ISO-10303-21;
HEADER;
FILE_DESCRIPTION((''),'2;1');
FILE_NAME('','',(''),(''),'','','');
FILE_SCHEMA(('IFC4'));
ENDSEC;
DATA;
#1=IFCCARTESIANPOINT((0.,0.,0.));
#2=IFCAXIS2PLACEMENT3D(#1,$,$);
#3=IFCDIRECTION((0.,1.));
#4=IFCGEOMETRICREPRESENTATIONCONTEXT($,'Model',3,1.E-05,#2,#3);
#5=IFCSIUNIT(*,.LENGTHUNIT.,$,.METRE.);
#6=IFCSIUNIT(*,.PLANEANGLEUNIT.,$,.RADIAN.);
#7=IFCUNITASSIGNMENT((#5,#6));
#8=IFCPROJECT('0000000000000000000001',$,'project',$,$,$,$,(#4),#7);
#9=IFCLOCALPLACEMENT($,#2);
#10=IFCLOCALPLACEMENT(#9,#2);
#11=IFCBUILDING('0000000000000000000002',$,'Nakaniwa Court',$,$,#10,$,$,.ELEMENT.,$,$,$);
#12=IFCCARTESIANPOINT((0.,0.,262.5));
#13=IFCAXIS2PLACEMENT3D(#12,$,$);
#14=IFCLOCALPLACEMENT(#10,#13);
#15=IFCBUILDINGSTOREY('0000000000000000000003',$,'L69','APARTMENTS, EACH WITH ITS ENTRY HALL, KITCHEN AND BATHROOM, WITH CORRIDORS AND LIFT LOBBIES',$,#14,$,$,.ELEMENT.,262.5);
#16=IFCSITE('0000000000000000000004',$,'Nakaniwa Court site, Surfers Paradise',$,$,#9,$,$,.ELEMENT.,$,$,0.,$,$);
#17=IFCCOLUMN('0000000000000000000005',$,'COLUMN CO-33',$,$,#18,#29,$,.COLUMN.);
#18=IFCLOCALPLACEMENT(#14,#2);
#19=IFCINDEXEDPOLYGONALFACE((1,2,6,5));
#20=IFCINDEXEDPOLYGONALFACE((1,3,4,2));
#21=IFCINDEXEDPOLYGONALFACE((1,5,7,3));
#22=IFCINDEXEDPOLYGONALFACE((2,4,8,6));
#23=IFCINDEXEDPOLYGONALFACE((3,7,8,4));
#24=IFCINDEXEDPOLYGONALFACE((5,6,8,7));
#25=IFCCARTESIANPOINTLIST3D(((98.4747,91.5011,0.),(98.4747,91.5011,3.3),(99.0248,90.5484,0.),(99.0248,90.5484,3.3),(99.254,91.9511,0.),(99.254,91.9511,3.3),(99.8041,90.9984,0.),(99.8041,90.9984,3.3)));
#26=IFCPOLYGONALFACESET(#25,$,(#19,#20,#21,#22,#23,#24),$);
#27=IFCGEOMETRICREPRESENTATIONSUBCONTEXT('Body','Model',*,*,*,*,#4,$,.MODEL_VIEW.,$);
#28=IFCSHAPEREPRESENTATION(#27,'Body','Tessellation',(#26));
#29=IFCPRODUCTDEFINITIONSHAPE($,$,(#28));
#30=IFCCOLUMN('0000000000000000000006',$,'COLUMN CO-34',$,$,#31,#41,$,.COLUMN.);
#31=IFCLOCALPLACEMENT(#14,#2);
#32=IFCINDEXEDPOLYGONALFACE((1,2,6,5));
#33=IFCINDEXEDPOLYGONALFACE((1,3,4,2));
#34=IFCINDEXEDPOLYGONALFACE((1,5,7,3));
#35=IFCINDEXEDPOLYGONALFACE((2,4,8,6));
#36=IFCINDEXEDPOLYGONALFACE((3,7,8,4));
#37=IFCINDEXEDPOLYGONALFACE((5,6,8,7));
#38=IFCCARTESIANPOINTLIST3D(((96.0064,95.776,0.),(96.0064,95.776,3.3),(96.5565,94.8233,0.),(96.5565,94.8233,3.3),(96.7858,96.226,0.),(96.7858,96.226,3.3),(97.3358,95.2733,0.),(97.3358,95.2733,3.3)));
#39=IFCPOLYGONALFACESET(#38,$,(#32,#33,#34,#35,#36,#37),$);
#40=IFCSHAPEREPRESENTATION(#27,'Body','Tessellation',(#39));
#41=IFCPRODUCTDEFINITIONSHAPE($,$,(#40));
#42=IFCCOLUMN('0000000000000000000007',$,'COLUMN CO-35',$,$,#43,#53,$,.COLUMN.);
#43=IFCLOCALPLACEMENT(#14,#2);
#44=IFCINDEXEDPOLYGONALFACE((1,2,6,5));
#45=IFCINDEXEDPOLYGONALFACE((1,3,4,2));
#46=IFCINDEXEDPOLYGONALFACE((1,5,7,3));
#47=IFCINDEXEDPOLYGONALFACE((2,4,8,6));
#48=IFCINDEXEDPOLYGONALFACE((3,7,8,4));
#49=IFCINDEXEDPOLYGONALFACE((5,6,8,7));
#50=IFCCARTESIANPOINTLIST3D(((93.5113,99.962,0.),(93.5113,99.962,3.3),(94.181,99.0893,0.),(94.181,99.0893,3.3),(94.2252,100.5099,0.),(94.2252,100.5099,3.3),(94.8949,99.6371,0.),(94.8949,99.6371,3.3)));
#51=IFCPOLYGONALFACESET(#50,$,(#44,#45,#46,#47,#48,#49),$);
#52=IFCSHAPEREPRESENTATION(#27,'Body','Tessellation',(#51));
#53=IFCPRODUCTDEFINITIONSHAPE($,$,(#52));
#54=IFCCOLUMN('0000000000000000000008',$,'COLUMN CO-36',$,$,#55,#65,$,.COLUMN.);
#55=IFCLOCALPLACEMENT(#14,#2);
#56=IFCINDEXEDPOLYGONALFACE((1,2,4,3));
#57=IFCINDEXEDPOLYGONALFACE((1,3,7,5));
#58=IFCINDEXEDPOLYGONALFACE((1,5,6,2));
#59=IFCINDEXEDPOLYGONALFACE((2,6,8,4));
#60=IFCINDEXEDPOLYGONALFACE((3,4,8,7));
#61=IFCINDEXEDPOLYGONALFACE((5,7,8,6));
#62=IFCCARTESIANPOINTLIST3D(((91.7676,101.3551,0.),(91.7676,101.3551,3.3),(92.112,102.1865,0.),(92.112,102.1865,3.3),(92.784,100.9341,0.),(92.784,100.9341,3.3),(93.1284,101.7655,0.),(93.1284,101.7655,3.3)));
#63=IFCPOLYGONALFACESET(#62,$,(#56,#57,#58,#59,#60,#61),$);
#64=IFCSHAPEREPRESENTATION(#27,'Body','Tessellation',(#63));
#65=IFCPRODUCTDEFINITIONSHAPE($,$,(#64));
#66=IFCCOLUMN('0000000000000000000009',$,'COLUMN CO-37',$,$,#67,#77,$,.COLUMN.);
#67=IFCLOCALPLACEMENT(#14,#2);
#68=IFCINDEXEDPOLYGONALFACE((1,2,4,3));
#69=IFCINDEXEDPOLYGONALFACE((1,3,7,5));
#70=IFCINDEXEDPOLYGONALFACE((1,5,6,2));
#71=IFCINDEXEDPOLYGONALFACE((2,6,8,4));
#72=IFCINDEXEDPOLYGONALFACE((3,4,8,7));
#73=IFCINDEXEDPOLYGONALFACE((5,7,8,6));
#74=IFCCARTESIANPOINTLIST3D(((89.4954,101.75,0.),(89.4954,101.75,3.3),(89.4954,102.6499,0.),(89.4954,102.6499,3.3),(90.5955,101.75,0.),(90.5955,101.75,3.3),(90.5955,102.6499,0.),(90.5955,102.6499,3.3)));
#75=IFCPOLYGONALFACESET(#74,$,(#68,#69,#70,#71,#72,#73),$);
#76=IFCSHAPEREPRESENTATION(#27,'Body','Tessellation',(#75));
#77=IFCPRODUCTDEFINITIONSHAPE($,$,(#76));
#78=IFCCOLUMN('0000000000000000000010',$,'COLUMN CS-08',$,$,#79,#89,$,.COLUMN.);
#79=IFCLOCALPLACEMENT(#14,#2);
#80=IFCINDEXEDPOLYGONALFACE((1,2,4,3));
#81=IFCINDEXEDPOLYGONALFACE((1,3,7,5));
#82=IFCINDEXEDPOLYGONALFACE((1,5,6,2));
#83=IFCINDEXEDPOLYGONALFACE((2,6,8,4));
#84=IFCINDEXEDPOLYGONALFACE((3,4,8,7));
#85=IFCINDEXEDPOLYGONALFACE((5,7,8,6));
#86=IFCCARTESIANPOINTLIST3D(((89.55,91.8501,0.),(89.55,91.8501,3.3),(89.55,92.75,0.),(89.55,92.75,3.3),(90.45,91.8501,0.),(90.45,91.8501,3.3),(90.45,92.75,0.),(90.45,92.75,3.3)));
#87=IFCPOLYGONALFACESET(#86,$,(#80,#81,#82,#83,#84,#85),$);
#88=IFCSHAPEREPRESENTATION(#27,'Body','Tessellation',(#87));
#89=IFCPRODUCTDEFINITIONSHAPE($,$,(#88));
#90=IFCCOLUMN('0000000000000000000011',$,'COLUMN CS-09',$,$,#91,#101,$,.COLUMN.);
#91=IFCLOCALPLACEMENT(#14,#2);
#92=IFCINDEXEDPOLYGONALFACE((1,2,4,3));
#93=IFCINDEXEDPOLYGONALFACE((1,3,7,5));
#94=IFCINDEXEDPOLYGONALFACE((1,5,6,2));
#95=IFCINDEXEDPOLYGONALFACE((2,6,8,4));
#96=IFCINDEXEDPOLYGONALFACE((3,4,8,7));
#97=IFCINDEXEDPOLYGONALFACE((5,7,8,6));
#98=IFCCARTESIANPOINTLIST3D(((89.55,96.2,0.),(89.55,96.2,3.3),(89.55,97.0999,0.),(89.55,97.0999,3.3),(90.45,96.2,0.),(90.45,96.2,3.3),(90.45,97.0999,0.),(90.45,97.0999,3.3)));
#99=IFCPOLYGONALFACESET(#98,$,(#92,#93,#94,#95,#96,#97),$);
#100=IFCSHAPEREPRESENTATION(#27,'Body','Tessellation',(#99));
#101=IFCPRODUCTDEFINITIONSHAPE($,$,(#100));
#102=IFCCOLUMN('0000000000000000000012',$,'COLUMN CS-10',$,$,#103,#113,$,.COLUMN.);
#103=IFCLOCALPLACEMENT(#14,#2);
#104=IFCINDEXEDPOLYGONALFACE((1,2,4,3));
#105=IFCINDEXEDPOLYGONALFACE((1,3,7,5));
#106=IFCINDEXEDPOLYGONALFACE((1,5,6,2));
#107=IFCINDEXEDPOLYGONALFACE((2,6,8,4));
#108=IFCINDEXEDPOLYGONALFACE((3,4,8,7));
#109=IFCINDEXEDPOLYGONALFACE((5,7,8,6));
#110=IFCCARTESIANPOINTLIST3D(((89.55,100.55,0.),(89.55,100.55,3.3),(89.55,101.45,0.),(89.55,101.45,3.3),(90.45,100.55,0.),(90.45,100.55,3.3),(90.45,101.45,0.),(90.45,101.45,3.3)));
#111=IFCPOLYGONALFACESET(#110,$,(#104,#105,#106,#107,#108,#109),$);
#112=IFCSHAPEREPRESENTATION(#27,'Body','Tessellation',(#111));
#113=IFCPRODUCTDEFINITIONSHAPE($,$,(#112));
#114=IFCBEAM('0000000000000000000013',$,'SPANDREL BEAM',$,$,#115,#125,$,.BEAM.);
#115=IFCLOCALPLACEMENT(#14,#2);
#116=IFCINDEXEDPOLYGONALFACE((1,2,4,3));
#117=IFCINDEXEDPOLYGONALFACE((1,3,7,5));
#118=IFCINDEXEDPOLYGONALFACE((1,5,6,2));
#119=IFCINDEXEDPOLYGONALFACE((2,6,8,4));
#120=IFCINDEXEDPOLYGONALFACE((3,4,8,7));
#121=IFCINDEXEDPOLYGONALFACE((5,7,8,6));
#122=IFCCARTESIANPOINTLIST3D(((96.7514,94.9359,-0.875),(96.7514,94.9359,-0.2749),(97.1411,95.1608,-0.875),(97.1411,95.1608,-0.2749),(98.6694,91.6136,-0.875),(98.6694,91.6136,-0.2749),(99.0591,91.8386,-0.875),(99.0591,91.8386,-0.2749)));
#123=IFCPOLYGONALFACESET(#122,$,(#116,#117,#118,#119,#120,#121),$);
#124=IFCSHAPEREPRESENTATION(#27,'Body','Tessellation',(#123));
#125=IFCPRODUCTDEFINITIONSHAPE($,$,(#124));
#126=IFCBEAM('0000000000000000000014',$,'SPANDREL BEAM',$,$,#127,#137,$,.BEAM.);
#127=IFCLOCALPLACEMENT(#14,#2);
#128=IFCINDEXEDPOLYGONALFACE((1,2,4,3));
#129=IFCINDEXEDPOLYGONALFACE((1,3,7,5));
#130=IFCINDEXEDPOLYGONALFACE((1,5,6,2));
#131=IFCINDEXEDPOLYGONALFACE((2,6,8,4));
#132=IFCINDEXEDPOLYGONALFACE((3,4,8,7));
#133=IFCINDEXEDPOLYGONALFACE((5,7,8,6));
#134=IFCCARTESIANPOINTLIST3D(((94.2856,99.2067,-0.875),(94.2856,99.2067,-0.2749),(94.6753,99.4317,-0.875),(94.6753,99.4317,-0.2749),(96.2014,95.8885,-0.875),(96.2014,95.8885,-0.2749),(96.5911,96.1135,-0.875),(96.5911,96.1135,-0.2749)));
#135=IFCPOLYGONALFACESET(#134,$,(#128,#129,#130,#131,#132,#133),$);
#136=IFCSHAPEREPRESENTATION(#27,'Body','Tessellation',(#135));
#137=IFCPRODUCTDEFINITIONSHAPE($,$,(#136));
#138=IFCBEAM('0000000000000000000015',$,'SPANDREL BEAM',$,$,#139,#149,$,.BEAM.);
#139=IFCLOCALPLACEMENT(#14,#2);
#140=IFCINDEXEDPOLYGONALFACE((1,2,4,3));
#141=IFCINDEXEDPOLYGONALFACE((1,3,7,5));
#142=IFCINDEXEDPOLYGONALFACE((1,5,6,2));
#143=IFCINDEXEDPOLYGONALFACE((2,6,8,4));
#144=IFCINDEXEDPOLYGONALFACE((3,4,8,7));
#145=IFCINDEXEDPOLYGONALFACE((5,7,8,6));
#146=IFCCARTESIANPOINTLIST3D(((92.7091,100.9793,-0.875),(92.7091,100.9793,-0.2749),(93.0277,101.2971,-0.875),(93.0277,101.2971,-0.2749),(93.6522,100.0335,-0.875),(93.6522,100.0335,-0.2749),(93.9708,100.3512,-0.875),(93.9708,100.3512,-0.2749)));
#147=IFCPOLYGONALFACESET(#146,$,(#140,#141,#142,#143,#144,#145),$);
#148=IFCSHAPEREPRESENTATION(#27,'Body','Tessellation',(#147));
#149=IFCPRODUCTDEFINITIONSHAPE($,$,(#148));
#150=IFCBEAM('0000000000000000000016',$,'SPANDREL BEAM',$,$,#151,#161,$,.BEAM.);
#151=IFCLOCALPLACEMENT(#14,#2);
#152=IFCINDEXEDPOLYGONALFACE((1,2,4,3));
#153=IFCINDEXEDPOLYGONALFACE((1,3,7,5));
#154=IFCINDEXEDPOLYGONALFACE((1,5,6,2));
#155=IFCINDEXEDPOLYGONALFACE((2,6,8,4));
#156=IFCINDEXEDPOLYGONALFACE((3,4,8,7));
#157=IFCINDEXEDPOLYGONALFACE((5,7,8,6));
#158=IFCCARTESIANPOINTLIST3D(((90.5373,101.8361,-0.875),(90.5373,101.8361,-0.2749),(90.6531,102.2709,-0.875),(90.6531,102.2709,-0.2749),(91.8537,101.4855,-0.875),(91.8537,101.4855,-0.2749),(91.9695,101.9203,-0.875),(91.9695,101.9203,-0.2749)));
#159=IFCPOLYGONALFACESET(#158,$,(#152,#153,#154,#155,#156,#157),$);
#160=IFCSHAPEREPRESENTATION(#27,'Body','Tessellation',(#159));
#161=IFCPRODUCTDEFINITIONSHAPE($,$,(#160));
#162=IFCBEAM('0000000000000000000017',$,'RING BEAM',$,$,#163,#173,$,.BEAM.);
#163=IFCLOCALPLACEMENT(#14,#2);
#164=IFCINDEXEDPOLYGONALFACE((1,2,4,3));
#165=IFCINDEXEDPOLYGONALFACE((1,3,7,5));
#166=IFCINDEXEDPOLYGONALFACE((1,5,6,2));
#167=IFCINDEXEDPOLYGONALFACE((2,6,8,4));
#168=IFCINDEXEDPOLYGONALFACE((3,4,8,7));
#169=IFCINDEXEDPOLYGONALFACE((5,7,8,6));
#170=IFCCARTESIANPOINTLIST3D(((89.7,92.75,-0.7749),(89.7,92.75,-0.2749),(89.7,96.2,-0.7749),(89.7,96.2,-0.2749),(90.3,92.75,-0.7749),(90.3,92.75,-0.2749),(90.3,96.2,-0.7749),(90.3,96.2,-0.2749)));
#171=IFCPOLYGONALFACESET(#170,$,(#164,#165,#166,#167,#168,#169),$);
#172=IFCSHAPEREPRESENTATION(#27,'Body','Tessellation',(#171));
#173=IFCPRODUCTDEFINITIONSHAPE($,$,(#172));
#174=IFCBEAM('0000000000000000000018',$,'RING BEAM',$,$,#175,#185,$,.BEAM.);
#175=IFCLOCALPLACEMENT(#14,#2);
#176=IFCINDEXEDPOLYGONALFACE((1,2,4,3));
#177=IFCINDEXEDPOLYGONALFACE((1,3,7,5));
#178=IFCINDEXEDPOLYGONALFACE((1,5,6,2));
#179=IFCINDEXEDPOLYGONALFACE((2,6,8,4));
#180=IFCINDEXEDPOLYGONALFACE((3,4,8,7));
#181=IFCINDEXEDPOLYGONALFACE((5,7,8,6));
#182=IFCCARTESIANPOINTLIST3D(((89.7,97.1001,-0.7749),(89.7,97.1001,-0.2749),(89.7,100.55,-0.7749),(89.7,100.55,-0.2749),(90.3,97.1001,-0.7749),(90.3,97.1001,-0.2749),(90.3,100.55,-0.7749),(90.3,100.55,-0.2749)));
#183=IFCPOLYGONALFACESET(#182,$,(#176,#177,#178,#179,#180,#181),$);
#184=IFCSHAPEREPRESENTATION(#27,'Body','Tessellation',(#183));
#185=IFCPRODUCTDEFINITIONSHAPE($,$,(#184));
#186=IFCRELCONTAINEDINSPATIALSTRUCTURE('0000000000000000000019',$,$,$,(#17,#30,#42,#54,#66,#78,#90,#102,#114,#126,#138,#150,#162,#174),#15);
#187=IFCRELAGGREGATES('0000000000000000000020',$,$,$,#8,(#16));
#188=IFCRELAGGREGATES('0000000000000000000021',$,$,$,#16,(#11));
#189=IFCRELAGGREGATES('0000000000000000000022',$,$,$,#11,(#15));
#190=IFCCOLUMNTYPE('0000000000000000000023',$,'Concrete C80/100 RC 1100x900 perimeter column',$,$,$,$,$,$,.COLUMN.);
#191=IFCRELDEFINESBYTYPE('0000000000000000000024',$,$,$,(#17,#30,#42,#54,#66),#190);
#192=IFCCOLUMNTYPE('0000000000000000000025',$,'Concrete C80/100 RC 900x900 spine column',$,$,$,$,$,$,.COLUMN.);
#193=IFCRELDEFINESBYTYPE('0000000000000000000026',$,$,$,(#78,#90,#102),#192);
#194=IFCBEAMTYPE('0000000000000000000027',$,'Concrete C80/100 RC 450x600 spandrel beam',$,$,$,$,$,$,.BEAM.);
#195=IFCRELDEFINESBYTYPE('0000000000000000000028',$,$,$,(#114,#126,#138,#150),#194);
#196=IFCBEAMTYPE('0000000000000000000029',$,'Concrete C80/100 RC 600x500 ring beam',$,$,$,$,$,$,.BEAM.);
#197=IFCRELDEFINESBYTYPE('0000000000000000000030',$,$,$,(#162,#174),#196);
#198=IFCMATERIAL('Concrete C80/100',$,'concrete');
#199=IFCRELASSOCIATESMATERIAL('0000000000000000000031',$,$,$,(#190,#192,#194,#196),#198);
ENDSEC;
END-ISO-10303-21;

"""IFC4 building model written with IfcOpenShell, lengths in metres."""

from ifc_helpers import new_model, si_unit, direction, frame, origin, origin_2d, place, context, subcontext, project, spatial, rectangle, extrude, material, material_profile, profile_set, type_object, element, save


model = new_model("IFC4")

# Units and contexts
model_context = context("Model", 3, precision=1e-05, world=origin(), true_north=direction((0.0, 1.0)))
body_context = subcontext(model_context, "Body", "Model", "MODEL_VIEW")
ifc_project = project(units=[si_unit("LENGTHUNIT", "METRE"), si_unit("PLANEANGLEUNIT", "RADIAN")], contexts=[model_context])

# Site, building, storey
site_placement = place(None, origin())
site = spatial("IfcSite", under=ifc_project, at=site_placement, Name="Nakaniwa Court site, Surfers Paradise", CompositionType="ELEMENT", RefElevation=0.0)
building_placement = place(site_placement, origin())
building = spatial("IfcBuilding", under=site, at=building_placement, Name="Nakaniwa Court", CompositionType="ELEMENT")
storey_placement = place(building_placement, frame((0.0, 0.0, 262.5)))
storey = spatial("IfcBuildingStorey", under=building, at=storey_placement, Name="L69", Description="APARTMENTS, EACH WITH ITS ENTRY HALL, KITCHEN AND BATHROOM, WITH CORRIDORS AND LIFT LOBBIES", CompositionType="ELEMENT", Elevation=262.5)

# Columns
ifc_material_1 = material(Name="Concrete C80/100", Category="concrete")
ifc_material_profile_1 = material_profile(ifc_material_1, rectangle(XDim=1.1001, YDim=0.8999, at=origin_2d()), Name="Concrete C80/100 RC 1100x900 perimeter column")
ifc_profile_set_1 = profile_set([ifc_material_profile_1], Name="Concrete C80/100")
column_type_1 = type_object("IfcColumnType", Name="Concrete C80/100 RC 1100x900 perimeter column", PredefinedType="COLUMN", material=ifc_profile_set_1)
for number, where, z_axis, x_axis, name in (
    (1, (99.1394, 91.2498, 0.0), (0.0, 0.0, 1.0), (-0.5, 0.866025, 0.0), "COLUMN CO-33"),
    (2, (96.6711, 95.5247, 0.0), (0.0, 0.0, 1.0), (-0.5, 0.866025, 0.0), "COLUMN CO-34"),
    (3, (94.2031, 99.7996, 0.0), (0.0, 0.0, 1.0), (-0.608761, 0.793353, 0.0), "COLUMN CO-35"),
    (4, (92.448, 101.5603, 0.0), (0.0, 0.0, 1.0), (-0.92388, 0.382683, 0.0), "COLUMN CO-36"),
    (5, (90.0454, 102.2, 0.0), (0.0, 0.0, 1.0), (-1.0, 0.0, 0.0), "COLUMN CO-37"),
):
    element("IfcColumn", number, at=place(storey_placement, frame(where, z_axis=z_axis, x_axis=x_axis)), inside=storey, type_object=column_type_1, Name=name, PredefinedType="COLUMN", context=body_context, shape_type="SweptSolid", body=[
        extrude(rectangle(XDim=1.1001, YDim=0.8999, at=origin_2d()), origin(), (0.0, 0.0, 1.0), 3.3),
    ])
ifc_material_profile_2 = material_profile(ifc_material_1, rectangle(XDim=0.8999, YDim=0.8999, at=origin_2d()), Name="Concrete C80/100 RC 900x900 spine column")
ifc_profile_set_2 = profile_set([ifc_material_profile_2], Name="Concrete C80/100")
column_type_2 = type_object("IfcColumnType", Name="Concrete C80/100 RC 900x900 spine column", PredefinedType="COLUMN", material=ifc_profile_set_2)
for number, where, z_axis, x_axis, name in (
    (6, (90.0, 92.3, 0.0), (0.0, 0.0, 1.0), (0.0, 1.0, 0.0), "COLUMN CS-08"),
    (7, (90.0, 96.6499, 0.0), (0.0, 0.0, 1.0), (0.0, 1.0, 0.0), "COLUMN CS-09"),
    (8, (90.0, 101.0, 0.0), (0.0, 0.0, 1.0), (0.0, 1.0, 0.0), "COLUMN CS-10"),
):
    element("IfcColumn", number, at=place(storey_placement, frame(where, z_axis=z_axis, x_axis=x_axis)), inside=storey, type_object=column_type_2, Name=name, PredefinedType="COLUMN", context=body_context, shape_type="SweptSolid", body=[
        extrude(rectangle(XDim=0.8999, YDim=0.8999, at=origin_2d()), origin(), (0.0, 0.0, 1.0), 3.3),
    ])

# Beams
ifc_material_profile_3 = material_profile(ifc_material_1, rectangle(XDim=0.45, YDim=0.6001, at=origin_2d()), Name="Concrete C80/100 RC 450x600 spandrel beam")
ifc_profile_set_3 = profile_set([ifc_material_profile_3], Name="Concrete C80/100")
beam_type_1 = type_object("IfcBeamType", Name="Concrete C80/100 RC 450x600 spandrel beam", PredefinedType="BEAM", material=ifc_profile_set_3)
beam_1_placement = place(storey_placement, frame((98.8643, 91.7261, -0.575), z_axis=(-0.499972, 0.866041, 0.0), x_axis=(-0.866041, -0.499972, 0.0)))
element("IfcBeam", 9, at=beam_1_placement, inside=storey, type_object=beam_type_1, Name="SPANDREL BEAM", PredefinedType="BEAM", context=body_context, shape_type="SweptSolid", body=[
    extrude(rectangle(XDim=0.45, YDim=0.6001, at=origin_2d()), origin(), (0.0, 0.0, 1.0), 3.8362),
])
beam_2_placement = place(storey_placement, frame((96.3962, 96.001, -0.575), z_axis=(-0.500011, 0.866019, 0.0), x_axis=(-0.866019, -0.500011, 0.0)))
element("IfcBeam", 10, at=beam_2_placement, inside=storey, type_object=beam_type_1, Name="SPANDREL BEAM", PredefinedType="BEAM", context=body_context, shape_type="SweptSolid", body=[
    extrude(rectangle(XDim=0.45, YDim=0.6001, at=origin_2d()), origin(), (0.0, 0.0, 1.0), 3.8315),
])
beam_3_placement = place(storey_placement, frame((93.8115, 100.1924, -0.575), z_axis=(-0.706101, 0.708111, 0.0), x_axis=(-0.708111, -0.706101, 0.0)))
element("IfcBeam", 11, at=beam_3_placement, inside=storey, type_object=beam_type_1, Name="SPANDREL BEAM", PredefinedType="BEAM", context=body_context, shape_type="SweptSolid", body=[
    extrude(rectangle(XDim=0.45, YDim=0.6001, at=origin_2d()), origin(), (0.0, 0.0, 1.0), 1.3357),
])
beam_4_placement = place(storey_placement, frame((91.9116, 101.7029, -0.575), z_axis=(-0.966318, 0.25735, 0.0), x_axis=(-0.25735, -0.966318, 0.0)))
element("IfcBeam", 12, at=beam_4_placement, inside=storey, type_object=beam_type_1, Name="SPANDREL BEAM", PredefinedType="BEAM", context=body_context, shape_type="SweptSolid", body=[
    extrude(rectangle(XDim=0.45, YDim=0.6001, at=origin_2d()), origin(), (0.0, 0.0, 1.0), 1.3623),
])
ifc_material_profile_4 = material_profile(ifc_material_1, rectangle(XDim=0.6001, YDim=0.5, at=origin_2d()), Name="Concrete C80/100 RC 600x500 ring beam")
ifc_profile_set_4 = profile_set([ifc_material_profile_4], Name="Concrete C80/100")
beam_type_2 = type_object("IfcBeamType", Name="Concrete C80/100 RC 600x500 ring beam", PredefinedType="BEAM", material=ifc_profile_set_4)
for number, where, z_axis, x_axis, name in (
    (13, (90.0, 92.75, -0.5249), (0.0, 1.0, 0.0), (-1.0, 0.0, 0.0), "RING BEAM"),
    (14, (90.0, 97.1001, -0.5249), (0.0, 1.0, 0.0), (-1.0, 0.0, 0.0), "RING BEAM"),
):
    element("IfcBeam", number, at=place(storey_placement, frame(where, z_axis=z_axis, x_axis=x_axis)), inside=storey, type_object=beam_type_2, Name=name, PredefinedType="BEAM", context=body_context, shape_type="SweptSolid", body=[
        extrude(rectangle(XDim=0.6001, YDim=0.5, at=origin_2d()), origin(), (0.0, 0.0, 1.0), 3.45),
    ])

save(model, "model.ifc")
